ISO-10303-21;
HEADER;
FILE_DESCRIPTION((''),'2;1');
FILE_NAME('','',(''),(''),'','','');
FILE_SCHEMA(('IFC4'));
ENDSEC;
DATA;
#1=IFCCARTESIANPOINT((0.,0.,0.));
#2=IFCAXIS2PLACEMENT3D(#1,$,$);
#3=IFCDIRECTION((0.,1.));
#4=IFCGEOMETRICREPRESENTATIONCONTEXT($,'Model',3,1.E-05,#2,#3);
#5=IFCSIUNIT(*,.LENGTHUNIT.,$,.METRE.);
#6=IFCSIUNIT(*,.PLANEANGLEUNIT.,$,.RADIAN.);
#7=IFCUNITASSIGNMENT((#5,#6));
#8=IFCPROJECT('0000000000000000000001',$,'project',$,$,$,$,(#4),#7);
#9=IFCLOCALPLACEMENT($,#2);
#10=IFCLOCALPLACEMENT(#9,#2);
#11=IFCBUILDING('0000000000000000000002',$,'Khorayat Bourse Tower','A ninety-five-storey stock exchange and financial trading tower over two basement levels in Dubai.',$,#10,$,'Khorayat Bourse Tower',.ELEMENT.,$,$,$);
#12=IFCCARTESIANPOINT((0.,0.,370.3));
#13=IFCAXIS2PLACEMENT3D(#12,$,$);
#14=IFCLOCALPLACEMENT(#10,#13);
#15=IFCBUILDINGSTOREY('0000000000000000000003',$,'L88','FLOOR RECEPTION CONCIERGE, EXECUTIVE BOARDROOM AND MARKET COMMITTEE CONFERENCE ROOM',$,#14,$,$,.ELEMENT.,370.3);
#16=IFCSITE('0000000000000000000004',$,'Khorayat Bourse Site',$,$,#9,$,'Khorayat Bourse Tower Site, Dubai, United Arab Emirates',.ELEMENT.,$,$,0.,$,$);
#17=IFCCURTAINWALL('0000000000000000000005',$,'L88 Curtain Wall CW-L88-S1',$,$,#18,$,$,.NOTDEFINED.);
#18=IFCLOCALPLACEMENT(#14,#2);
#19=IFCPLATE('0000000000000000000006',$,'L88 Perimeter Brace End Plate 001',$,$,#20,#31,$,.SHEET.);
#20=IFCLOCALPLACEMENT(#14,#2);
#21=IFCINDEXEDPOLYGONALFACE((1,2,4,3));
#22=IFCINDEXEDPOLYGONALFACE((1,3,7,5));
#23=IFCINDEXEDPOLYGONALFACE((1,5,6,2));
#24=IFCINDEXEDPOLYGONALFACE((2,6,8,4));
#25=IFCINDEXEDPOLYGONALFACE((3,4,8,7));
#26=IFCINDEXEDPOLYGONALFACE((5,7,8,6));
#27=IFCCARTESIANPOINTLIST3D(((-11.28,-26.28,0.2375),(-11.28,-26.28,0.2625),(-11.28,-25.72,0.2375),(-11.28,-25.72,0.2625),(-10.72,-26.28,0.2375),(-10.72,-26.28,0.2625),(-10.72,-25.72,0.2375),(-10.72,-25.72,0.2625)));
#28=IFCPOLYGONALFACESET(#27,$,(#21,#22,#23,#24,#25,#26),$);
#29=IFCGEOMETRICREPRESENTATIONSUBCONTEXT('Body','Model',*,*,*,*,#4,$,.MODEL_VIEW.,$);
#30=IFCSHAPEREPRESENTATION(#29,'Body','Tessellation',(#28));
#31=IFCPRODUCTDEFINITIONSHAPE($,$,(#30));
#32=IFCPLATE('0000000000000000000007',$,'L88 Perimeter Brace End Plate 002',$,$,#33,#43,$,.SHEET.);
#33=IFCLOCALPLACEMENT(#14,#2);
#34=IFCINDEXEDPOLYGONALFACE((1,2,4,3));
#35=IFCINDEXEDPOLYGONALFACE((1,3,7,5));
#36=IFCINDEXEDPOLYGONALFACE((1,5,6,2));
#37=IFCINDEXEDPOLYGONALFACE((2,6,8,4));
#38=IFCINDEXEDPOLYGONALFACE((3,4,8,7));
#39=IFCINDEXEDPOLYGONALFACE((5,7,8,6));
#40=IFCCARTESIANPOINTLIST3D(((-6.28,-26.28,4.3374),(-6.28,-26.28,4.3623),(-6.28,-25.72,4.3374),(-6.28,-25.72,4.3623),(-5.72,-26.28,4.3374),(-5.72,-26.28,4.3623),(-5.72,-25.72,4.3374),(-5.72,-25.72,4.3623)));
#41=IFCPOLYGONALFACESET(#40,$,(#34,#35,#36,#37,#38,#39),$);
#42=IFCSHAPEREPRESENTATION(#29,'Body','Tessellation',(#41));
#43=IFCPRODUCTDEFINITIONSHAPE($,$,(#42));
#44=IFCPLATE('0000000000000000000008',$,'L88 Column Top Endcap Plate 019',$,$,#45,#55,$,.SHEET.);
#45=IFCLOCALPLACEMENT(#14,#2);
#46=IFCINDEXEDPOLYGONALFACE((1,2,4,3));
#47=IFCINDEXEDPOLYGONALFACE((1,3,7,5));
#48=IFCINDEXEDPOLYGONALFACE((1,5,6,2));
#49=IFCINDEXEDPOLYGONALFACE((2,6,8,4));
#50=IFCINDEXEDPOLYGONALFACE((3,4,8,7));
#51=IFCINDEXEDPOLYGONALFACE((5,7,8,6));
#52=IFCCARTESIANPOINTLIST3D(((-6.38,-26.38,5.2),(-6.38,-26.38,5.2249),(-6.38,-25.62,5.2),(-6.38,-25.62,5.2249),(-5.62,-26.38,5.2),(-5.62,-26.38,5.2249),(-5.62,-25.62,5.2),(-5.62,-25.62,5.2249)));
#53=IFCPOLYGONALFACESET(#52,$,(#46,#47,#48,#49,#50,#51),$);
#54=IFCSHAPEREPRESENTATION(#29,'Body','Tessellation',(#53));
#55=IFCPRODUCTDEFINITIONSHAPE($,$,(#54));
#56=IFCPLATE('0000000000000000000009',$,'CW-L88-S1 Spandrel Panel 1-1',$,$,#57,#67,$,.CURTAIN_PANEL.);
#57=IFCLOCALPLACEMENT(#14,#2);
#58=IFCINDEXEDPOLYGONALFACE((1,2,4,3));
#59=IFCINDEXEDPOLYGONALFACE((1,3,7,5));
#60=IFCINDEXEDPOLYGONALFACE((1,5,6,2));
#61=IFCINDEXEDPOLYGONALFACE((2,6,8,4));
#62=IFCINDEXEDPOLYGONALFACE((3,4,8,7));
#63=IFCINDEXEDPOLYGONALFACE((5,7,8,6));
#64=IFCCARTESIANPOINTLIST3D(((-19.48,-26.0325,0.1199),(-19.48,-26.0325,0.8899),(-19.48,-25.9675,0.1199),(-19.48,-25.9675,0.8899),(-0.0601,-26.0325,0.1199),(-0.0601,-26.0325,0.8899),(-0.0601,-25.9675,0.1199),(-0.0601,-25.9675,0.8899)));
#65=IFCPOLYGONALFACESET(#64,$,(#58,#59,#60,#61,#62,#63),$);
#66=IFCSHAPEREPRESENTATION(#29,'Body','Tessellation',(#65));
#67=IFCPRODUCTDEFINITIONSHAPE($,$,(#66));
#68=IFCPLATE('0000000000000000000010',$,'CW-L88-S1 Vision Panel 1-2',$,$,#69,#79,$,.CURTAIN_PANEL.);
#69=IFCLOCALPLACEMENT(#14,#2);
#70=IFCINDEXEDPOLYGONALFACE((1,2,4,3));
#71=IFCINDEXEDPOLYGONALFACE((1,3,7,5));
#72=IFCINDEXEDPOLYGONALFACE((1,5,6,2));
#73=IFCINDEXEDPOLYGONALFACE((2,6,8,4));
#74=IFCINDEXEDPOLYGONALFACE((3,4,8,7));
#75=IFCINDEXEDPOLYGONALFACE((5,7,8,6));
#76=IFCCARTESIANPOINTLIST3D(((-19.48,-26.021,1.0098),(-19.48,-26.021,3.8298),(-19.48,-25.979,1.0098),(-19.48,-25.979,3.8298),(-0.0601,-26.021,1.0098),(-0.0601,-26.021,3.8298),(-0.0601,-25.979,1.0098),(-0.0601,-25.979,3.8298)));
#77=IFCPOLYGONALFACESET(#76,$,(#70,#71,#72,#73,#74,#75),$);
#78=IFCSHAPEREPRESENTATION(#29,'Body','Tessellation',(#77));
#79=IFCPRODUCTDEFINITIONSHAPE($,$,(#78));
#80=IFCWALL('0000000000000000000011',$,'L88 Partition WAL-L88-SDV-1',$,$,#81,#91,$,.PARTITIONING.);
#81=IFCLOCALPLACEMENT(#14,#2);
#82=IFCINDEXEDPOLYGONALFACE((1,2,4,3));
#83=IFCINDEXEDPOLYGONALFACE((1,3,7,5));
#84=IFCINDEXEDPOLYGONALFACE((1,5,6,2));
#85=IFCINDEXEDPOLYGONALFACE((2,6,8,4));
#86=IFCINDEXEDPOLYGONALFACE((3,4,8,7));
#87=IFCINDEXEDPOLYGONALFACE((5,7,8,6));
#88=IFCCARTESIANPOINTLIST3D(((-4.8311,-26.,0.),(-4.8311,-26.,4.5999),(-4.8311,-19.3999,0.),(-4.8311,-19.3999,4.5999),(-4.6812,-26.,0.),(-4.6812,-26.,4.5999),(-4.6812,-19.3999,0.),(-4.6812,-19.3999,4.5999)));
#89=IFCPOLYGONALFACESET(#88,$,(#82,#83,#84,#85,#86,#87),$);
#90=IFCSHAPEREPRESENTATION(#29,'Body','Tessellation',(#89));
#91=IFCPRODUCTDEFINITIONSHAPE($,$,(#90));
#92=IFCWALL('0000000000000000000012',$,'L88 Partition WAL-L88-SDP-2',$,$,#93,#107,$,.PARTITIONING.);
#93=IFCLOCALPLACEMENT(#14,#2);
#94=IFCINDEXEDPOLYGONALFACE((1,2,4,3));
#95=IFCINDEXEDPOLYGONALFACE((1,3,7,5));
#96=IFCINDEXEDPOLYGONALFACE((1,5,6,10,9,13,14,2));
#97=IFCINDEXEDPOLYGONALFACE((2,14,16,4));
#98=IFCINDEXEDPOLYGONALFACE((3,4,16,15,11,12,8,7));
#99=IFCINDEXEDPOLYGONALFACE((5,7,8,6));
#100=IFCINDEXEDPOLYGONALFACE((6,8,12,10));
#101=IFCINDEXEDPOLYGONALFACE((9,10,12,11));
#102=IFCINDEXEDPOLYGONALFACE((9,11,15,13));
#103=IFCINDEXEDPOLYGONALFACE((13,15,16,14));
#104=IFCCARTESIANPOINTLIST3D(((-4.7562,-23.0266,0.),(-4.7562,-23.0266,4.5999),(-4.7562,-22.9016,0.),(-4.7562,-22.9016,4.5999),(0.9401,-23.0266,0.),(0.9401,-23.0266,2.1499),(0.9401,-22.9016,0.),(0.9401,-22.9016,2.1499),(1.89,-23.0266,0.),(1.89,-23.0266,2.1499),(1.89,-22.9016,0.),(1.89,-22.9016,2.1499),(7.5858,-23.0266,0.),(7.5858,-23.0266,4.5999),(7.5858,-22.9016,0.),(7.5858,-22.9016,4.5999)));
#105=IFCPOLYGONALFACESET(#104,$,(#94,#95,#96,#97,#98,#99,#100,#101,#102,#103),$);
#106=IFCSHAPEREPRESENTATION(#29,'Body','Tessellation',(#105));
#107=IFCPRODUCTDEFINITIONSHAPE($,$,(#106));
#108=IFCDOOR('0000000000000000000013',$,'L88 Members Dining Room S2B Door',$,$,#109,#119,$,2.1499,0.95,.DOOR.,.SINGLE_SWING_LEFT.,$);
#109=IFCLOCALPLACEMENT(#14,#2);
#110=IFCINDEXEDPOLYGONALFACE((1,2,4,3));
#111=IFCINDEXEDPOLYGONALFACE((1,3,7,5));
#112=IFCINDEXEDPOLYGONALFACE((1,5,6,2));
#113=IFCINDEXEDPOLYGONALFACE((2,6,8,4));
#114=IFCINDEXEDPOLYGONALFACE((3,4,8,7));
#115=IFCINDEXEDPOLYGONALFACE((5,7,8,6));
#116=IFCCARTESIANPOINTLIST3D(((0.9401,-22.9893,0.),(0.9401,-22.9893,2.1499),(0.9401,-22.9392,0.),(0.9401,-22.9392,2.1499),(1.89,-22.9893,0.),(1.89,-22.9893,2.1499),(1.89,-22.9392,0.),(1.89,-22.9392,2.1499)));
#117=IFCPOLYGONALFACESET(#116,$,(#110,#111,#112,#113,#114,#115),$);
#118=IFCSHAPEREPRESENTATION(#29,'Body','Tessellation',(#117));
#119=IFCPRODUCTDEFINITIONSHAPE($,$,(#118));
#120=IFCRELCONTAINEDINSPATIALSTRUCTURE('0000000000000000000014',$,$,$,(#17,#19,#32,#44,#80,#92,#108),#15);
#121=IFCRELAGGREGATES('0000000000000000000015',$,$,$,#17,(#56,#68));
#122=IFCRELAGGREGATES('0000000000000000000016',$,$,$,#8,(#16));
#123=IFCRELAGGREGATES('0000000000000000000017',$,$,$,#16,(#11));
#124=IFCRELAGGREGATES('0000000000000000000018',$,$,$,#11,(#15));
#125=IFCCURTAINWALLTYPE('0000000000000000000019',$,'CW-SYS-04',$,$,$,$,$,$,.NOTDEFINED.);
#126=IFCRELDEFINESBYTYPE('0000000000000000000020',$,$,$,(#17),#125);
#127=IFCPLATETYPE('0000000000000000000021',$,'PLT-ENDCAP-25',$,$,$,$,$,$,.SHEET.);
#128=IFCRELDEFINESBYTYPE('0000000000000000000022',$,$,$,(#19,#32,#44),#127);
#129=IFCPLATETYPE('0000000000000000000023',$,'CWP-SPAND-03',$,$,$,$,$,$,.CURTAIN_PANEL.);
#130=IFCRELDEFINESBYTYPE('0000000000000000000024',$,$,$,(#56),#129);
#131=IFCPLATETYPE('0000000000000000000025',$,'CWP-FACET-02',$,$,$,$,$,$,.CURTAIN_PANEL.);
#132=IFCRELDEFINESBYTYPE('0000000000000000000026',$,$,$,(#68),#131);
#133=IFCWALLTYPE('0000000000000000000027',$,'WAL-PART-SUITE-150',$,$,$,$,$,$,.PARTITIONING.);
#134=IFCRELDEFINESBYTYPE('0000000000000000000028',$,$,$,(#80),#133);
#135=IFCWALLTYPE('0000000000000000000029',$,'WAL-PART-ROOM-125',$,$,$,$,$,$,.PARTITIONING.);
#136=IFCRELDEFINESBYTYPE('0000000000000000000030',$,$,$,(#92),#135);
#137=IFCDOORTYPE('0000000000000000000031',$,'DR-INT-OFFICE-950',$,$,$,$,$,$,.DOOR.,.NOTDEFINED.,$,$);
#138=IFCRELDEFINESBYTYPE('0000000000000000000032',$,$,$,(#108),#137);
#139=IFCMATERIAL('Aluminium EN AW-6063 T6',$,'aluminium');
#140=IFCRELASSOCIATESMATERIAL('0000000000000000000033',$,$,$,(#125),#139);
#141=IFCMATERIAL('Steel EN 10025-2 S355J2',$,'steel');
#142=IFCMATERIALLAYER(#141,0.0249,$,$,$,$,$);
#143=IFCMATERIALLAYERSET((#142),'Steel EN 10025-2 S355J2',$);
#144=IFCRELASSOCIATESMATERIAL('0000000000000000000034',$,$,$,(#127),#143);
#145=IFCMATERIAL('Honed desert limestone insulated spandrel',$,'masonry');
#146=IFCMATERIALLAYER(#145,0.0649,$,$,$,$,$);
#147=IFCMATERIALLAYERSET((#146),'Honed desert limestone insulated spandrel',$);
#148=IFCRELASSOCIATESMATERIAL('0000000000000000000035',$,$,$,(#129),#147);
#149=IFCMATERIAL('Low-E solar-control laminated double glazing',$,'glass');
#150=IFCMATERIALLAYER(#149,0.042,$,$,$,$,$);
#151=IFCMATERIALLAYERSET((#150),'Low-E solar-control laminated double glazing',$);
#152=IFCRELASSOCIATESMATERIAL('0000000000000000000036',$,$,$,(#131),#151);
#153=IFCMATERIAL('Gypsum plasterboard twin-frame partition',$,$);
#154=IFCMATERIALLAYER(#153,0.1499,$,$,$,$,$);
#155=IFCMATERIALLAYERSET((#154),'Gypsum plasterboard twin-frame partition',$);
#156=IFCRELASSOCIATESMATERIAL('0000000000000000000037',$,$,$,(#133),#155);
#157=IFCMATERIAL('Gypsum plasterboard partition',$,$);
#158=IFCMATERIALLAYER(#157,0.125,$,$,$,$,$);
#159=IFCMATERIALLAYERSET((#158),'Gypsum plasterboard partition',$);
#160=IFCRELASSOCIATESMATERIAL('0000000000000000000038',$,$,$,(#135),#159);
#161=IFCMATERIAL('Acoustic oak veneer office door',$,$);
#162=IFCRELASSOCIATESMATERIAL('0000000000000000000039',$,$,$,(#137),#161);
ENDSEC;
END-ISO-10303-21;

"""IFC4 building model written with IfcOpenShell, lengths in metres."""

from ifc_helpers import new_model, si_unit, direction, frame, frame_2d, origin, origin_2d, place, context, subcontext, project, spatial, rectangle, extrude, source, transform, mapped, material, layer, layer_set, type_object, element, fill, aggregate, save


model = new_model("IFC4")

# Units and contexts
model_context = context("Model", 3, precision=1e-05, world=origin(), true_north=direction((0.0, 1.0)))
body_context = subcontext(model_context, "Body", "Model", "MODEL_VIEW")
ifc_project = project(units=[si_unit("LENGTHUNIT", "METRE"), si_unit("PLANEANGLEUNIT", "RADIAN")], contexts=[model_context])

# Site, building, storey
site_placement = place(None, origin())
site = spatial("IfcSite", under=ifc_project, at=site_placement, Name="Khorayat Bourse Site", LongName="Khorayat Bourse Tower Site, Dubai, United Arab Emirates", CompositionType="ELEMENT", RefElevation=0.0)
building_placement = place(site_placement, origin())
building = spatial("IfcBuilding", under=site, at=building_placement, Name="Khorayat Bourse Tower", Description="A ninety-five-storey stock exchange and financial trading tower over two basement levels in Dubai.", LongName="Khorayat Bourse Tower", CompositionType="ELEMENT")
storey_placement = place(building_placement, frame((0.0, 0.0, 370.3)))
storey = spatial("IfcBuildingStorey", under=building, at=storey_placement, Name="L88", Description="FLOOR RECEPTION CONCIERGE, EXECUTIVE BOARDROOM AND MARKET COMMITTEE CONFERENCE ROOM", CompositionType="ELEMENT", Elevation=370.3)

# Shared definitions
ifc_material_1 = material(Name="Steel EN 10025-2 S355J2", Category="steel")

# Curtain wall
ifc_material_2 = material(Name="Aluminium EN AW-6063 T6", Category="aluminium")
curtain_wall_type = type_object("IfcCurtainWallType", Name="CW-SYS-04", PredefinedType="NOTDEFINED", material=ifc_material_2)
curtain_wall_placement = place(storey_placement, origin())
curtain_wall = element("IfcCurtainWall", 1, at=curtain_wall_placement, inside=storey, type_object=curtain_wall_type, Name="L88 Curtain Wall CW-L88-S1", PredefinedType="NOTDEFINED")

# Plates
ifc_layer_1 = layer(ifc_material_1, 0.0249)
ifc_layer_set_1 = layer_set([ifc_layer_1], Name="Steel EN 10025-2 S355J2")
plate_type_1 = type_object("IfcPlateType", Name="PLT-ENDCAP-25", PredefinedType="SHEET", material=ifc_layer_set_1)
shared_shape_1 = source(origin(), body_context, "Body", "SweptSolid", [
    extrude(rectangle(XDim=0.5601, YDim=0.5601, at=origin_2d()), origin(), (0.0, 0.0, 1.0), 0.0249),
])
for number, where, z_axis, x_axis, name in (
    (2, (-11.0, -26.0, 0.2375), (0.0, 0.0, 1.0), (1.0, 0.0, 0.0), "L88 Perimeter Brace End Plate 001"),
    (3, (-6.0, -26.0, 4.3374), (0.0, 0.0, 1.0), (1.0, 0.0, 0.0), "L88 Perimeter Brace End Plate 002"),
):
    element("IfcPlate", number, at=place(storey_placement, frame(where, z_axis=z_axis, x_axis=x_axis)), inside=storey, type_object=plate_type_1, Name=name, PredefinedType="SHEET", context=body_context, shape_type="MappedRepresentation", body=[
        mapped(shared_shape_1, transform((0.0, 0.0, 0.0), scale=1.0)),
    ])
shared_shape_2 = source(origin(), body_context, "Body", "SweptSolid", [
    extrude(rectangle(XDim=0.76, YDim=0.76, at=origin_2d()), origin(), (0.0, 0.0, 1.0), 0.0249),
])
plate_1_placement = place(storey_placement, frame((-6.0, -26.0, 5.2), z_axis=(0.0, 0.0, 1.0), x_axis=(1.0, 0.0, 0.0)))
element("IfcPlate", 4, at=plate_1_placement, inside=storey, type_object=plate_type_1, Name="L88 Column Top Endcap Plate 019", PredefinedType="SHEET", context=body_context, shape_type="MappedRepresentation", body=[
    mapped(shared_shape_2, transform((0.0, 0.0, 0.0), scale=1.0)),
])

# Plates
ifc_material_3 = material(Name="Honed desert limestone insulated spandrel", Category="masonry")
ifc_layer_2 = layer(ifc_material_3, 0.0649)
ifc_layer_set_2 = layer_set([ifc_layer_2], Name="Honed desert limestone insulated spandrel")
plate_type_2 = type_object("IfcPlateType", Name="CWP-SPAND-03", PredefinedType="CURTAIN_PANEL", material=ifc_layer_set_2)
shared_shape_3 = source(origin(), body_context, "Body", "SweptSolid", [
    extrude(rectangle(XDim=19.4199, YDim=0.0649, at=origin_2d()), origin(), (0.0, 0.0, 1.0), 0.77),
])
plate_2_placement = place(storey_placement, frame((-9.77, -26.0, 0.1199), z_axis=(0.0, 0.0, 1.0), x_axis=(1.0, 0.0, 0.0)))
plate_2 = element("IfcPlate", 5, at=plate_2_placement, type_object=plate_type_2, Name="CW-L88-S1 Spandrel Panel 1-1", PredefinedType="CURTAIN_PANEL", context=body_context, shape_type="MappedRepresentation", body=[
    mapped(shared_shape_3, transform((0.0, 0.0, 0.0), scale=1.0)),
])
ifc_material_4 = material(Name="Low-E solar-control laminated double glazing", Category="glass")
ifc_layer_3 = layer(ifc_material_4, 0.042)
ifc_layer_set_3 = layer_set([ifc_layer_3], Name="Low-E solar-control laminated double glazing")
plate_type_3 = type_object("IfcPlateType", Name="CWP-FACET-02", PredefinedType="CURTAIN_PANEL", material=ifc_layer_set_3)
shared_shape_4 = source(origin(), body_context, "Body", "SweptSolid", [
    extrude(rectangle(XDim=19.4199, YDim=0.042, at=origin_2d()), origin(), (0.0, 0.0, 1.0), 2.8201),
])
plate_3_placement = place(storey_placement, frame((-9.77, -26.0, 1.0098), z_axis=(0.0, 0.0, 1.0), x_axis=(1.0, 0.0, 0.0)))
plate_3 = element("IfcPlate", 6, at=plate_3_placement, type_object=plate_type_3, Name="CW-L88-S1 Vision Panel 1-2", PredefinedType="CURTAIN_PANEL", context=body_context, shape_type="MappedRepresentation", body=[
    mapped(shared_shape_4, transform((0.0, 0.0, 0.0), scale=1.0)),
])
aggregate(curtain_wall, [plate_2, plate_3])

# Wall
ifc_material_5 = material(Name="Gypsum plasterboard twin-frame partition")
ifc_layer_4 = layer(ifc_material_5, 0.1499)
ifc_layer_set_4 = layer_set([ifc_layer_4], Name="Gypsum plasterboard twin-frame partition")
wall_type_1 = type_object("IfcWallType", Name="WAL-PART-SUITE-150", PredefinedType="PARTITIONING", material=ifc_layer_set_4)
shared_shape_5 = source(origin(), body_context, "Body", "SweptSolid", [
    extrude(rectangle(XDim=6.6001, YDim=0.1499, at=frame_2d((3.3, 0.0))), origin(), (0.0, 0.0, 1.0), 4.5999),
])
wall_1_placement = place(storey_placement, frame((-4.7561, -26.0, 0.0), z_axis=(0.0, 0.0, 1.0), x_axis=(0.0, 1.0, 0.0)))
element("IfcWall", 7, at=wall_1_placement, inside=storey, type_object=wall_type_1, Name="L88 Partition WAL-L88-SDV-1", PredefinedType="PARTITIONING", context=body_context, shape_type="MappedRepresentation", body=[
    mapped(shared_shape_5, transform((0.0, 0.0, 0.0), scale=1.0)),
])

# Wall, opening, door
ifc_material_6 = material(Name="Gypsum plasterboard partition")
ifc_layer_5 = layer(ifc_material_6, 0.125)
ifc_layer_set_5 = layer_set([ifc_layer_5], Name="Gypsum plasterboard partition")
wall_type_2 = type_object("IfcWallType", Name="WAL-PART-ROOM-125", PredefinedType="PARTITIONING", material=ifc_layer_set_5)
shared_shape_6 = source(origin(), body_context, "Body", "SweptSolid", [
    extrude(rectangle(XDim=12.342, YDim=0.125, at=frame_2d((6.1709, 0.0))), origin(), (0.0, 0.0, 1.0), 4.5999),
])
wall_2_placement = place(storey_placement, frame((-4.7561, -22.9641, 0.0), z_axis=(0.0, 0.0, 1.0), x_axis=(1.0, 0.0, 0.0)))
wall_2 = element("IfcWall", 8, at=wall_2_placement, inside=storey, type_object=wall_type_2, Name="L88 Partition WAL-L88-SDP-2", PredefinedType="PARTITIONING", context=body_context, shape_type="MappedRepresentation", body=[
    mapped(shared_shape_6, transform((0.0, 0.0, 0.0), scale=1.0)),
])
shared_shape_7 = source(origin(), body_context, "Body", "SweptSolid", [
    extrude(rectangle(XDim=0.95, YDim=2.1499, at=frame_2d((0.4751, 1.075))), frame((0.0, 0.0725, 0.0), z_axis=(0.0, -1.0, 0.0), x_axis=(1.0, 0.0, 0.0)), (0.0, 0.0, 1.0), 0.145),
])
opening_placement = place(wall_2_placement, frame((5.696, 0.0, 0.0)))
opening = element("IfcOpeningElement", 9, at=opening_placement, cuts=wall_2, PredefinedType="OPENING", context=body_context, shape_type="MappedRepresentation", body=[
    mapped(shared_shape_7, transform((0.0, 0.0, 0.0), scale=1.0)),
])
ifc_material_7 = material(Name="Acoustic oak veneer office door")
door_type = type_object("IfcDoorType", Name="DR-INT-OFFICE-950", OperationType="NOTDEFINED", PredefinedType="DOOR", material=ifc_material_7)
shared_shape_8 = source(origin(), body_context, "Body", "SweptSolid", [
    extrude(rectangle(XDim=0.95, YDim=2.1499, at=frame_2d((0.4751, 1.075))), frame((0.0, 0.0249, 0.0), z_axis=(0.0, -1.0, 0.0), x_axis=(1.0, 0.0, 0.0)), (0.0, 0.0, 1.0), 0.05),
])
door_placement = place(opening_placement, origin())
door = element("IfcDoor", 10, at=door_placement, inside=storey, type_object=door_type, Name="L88 Members Dining Room S2B Door", OperationType="SINGLE_SWING_LEFT", OverallHeight=2.1499, OverallWidth=0.95, PredefinedType="DOOR", context=body_context, shape_type="MappedRepresentation", body=[
    mapped(shared_shape_8, transform((0.0, 0.0, 0.0), scale=1.0)),
])
fill(opening, door)

save(model, "model.ifc")
